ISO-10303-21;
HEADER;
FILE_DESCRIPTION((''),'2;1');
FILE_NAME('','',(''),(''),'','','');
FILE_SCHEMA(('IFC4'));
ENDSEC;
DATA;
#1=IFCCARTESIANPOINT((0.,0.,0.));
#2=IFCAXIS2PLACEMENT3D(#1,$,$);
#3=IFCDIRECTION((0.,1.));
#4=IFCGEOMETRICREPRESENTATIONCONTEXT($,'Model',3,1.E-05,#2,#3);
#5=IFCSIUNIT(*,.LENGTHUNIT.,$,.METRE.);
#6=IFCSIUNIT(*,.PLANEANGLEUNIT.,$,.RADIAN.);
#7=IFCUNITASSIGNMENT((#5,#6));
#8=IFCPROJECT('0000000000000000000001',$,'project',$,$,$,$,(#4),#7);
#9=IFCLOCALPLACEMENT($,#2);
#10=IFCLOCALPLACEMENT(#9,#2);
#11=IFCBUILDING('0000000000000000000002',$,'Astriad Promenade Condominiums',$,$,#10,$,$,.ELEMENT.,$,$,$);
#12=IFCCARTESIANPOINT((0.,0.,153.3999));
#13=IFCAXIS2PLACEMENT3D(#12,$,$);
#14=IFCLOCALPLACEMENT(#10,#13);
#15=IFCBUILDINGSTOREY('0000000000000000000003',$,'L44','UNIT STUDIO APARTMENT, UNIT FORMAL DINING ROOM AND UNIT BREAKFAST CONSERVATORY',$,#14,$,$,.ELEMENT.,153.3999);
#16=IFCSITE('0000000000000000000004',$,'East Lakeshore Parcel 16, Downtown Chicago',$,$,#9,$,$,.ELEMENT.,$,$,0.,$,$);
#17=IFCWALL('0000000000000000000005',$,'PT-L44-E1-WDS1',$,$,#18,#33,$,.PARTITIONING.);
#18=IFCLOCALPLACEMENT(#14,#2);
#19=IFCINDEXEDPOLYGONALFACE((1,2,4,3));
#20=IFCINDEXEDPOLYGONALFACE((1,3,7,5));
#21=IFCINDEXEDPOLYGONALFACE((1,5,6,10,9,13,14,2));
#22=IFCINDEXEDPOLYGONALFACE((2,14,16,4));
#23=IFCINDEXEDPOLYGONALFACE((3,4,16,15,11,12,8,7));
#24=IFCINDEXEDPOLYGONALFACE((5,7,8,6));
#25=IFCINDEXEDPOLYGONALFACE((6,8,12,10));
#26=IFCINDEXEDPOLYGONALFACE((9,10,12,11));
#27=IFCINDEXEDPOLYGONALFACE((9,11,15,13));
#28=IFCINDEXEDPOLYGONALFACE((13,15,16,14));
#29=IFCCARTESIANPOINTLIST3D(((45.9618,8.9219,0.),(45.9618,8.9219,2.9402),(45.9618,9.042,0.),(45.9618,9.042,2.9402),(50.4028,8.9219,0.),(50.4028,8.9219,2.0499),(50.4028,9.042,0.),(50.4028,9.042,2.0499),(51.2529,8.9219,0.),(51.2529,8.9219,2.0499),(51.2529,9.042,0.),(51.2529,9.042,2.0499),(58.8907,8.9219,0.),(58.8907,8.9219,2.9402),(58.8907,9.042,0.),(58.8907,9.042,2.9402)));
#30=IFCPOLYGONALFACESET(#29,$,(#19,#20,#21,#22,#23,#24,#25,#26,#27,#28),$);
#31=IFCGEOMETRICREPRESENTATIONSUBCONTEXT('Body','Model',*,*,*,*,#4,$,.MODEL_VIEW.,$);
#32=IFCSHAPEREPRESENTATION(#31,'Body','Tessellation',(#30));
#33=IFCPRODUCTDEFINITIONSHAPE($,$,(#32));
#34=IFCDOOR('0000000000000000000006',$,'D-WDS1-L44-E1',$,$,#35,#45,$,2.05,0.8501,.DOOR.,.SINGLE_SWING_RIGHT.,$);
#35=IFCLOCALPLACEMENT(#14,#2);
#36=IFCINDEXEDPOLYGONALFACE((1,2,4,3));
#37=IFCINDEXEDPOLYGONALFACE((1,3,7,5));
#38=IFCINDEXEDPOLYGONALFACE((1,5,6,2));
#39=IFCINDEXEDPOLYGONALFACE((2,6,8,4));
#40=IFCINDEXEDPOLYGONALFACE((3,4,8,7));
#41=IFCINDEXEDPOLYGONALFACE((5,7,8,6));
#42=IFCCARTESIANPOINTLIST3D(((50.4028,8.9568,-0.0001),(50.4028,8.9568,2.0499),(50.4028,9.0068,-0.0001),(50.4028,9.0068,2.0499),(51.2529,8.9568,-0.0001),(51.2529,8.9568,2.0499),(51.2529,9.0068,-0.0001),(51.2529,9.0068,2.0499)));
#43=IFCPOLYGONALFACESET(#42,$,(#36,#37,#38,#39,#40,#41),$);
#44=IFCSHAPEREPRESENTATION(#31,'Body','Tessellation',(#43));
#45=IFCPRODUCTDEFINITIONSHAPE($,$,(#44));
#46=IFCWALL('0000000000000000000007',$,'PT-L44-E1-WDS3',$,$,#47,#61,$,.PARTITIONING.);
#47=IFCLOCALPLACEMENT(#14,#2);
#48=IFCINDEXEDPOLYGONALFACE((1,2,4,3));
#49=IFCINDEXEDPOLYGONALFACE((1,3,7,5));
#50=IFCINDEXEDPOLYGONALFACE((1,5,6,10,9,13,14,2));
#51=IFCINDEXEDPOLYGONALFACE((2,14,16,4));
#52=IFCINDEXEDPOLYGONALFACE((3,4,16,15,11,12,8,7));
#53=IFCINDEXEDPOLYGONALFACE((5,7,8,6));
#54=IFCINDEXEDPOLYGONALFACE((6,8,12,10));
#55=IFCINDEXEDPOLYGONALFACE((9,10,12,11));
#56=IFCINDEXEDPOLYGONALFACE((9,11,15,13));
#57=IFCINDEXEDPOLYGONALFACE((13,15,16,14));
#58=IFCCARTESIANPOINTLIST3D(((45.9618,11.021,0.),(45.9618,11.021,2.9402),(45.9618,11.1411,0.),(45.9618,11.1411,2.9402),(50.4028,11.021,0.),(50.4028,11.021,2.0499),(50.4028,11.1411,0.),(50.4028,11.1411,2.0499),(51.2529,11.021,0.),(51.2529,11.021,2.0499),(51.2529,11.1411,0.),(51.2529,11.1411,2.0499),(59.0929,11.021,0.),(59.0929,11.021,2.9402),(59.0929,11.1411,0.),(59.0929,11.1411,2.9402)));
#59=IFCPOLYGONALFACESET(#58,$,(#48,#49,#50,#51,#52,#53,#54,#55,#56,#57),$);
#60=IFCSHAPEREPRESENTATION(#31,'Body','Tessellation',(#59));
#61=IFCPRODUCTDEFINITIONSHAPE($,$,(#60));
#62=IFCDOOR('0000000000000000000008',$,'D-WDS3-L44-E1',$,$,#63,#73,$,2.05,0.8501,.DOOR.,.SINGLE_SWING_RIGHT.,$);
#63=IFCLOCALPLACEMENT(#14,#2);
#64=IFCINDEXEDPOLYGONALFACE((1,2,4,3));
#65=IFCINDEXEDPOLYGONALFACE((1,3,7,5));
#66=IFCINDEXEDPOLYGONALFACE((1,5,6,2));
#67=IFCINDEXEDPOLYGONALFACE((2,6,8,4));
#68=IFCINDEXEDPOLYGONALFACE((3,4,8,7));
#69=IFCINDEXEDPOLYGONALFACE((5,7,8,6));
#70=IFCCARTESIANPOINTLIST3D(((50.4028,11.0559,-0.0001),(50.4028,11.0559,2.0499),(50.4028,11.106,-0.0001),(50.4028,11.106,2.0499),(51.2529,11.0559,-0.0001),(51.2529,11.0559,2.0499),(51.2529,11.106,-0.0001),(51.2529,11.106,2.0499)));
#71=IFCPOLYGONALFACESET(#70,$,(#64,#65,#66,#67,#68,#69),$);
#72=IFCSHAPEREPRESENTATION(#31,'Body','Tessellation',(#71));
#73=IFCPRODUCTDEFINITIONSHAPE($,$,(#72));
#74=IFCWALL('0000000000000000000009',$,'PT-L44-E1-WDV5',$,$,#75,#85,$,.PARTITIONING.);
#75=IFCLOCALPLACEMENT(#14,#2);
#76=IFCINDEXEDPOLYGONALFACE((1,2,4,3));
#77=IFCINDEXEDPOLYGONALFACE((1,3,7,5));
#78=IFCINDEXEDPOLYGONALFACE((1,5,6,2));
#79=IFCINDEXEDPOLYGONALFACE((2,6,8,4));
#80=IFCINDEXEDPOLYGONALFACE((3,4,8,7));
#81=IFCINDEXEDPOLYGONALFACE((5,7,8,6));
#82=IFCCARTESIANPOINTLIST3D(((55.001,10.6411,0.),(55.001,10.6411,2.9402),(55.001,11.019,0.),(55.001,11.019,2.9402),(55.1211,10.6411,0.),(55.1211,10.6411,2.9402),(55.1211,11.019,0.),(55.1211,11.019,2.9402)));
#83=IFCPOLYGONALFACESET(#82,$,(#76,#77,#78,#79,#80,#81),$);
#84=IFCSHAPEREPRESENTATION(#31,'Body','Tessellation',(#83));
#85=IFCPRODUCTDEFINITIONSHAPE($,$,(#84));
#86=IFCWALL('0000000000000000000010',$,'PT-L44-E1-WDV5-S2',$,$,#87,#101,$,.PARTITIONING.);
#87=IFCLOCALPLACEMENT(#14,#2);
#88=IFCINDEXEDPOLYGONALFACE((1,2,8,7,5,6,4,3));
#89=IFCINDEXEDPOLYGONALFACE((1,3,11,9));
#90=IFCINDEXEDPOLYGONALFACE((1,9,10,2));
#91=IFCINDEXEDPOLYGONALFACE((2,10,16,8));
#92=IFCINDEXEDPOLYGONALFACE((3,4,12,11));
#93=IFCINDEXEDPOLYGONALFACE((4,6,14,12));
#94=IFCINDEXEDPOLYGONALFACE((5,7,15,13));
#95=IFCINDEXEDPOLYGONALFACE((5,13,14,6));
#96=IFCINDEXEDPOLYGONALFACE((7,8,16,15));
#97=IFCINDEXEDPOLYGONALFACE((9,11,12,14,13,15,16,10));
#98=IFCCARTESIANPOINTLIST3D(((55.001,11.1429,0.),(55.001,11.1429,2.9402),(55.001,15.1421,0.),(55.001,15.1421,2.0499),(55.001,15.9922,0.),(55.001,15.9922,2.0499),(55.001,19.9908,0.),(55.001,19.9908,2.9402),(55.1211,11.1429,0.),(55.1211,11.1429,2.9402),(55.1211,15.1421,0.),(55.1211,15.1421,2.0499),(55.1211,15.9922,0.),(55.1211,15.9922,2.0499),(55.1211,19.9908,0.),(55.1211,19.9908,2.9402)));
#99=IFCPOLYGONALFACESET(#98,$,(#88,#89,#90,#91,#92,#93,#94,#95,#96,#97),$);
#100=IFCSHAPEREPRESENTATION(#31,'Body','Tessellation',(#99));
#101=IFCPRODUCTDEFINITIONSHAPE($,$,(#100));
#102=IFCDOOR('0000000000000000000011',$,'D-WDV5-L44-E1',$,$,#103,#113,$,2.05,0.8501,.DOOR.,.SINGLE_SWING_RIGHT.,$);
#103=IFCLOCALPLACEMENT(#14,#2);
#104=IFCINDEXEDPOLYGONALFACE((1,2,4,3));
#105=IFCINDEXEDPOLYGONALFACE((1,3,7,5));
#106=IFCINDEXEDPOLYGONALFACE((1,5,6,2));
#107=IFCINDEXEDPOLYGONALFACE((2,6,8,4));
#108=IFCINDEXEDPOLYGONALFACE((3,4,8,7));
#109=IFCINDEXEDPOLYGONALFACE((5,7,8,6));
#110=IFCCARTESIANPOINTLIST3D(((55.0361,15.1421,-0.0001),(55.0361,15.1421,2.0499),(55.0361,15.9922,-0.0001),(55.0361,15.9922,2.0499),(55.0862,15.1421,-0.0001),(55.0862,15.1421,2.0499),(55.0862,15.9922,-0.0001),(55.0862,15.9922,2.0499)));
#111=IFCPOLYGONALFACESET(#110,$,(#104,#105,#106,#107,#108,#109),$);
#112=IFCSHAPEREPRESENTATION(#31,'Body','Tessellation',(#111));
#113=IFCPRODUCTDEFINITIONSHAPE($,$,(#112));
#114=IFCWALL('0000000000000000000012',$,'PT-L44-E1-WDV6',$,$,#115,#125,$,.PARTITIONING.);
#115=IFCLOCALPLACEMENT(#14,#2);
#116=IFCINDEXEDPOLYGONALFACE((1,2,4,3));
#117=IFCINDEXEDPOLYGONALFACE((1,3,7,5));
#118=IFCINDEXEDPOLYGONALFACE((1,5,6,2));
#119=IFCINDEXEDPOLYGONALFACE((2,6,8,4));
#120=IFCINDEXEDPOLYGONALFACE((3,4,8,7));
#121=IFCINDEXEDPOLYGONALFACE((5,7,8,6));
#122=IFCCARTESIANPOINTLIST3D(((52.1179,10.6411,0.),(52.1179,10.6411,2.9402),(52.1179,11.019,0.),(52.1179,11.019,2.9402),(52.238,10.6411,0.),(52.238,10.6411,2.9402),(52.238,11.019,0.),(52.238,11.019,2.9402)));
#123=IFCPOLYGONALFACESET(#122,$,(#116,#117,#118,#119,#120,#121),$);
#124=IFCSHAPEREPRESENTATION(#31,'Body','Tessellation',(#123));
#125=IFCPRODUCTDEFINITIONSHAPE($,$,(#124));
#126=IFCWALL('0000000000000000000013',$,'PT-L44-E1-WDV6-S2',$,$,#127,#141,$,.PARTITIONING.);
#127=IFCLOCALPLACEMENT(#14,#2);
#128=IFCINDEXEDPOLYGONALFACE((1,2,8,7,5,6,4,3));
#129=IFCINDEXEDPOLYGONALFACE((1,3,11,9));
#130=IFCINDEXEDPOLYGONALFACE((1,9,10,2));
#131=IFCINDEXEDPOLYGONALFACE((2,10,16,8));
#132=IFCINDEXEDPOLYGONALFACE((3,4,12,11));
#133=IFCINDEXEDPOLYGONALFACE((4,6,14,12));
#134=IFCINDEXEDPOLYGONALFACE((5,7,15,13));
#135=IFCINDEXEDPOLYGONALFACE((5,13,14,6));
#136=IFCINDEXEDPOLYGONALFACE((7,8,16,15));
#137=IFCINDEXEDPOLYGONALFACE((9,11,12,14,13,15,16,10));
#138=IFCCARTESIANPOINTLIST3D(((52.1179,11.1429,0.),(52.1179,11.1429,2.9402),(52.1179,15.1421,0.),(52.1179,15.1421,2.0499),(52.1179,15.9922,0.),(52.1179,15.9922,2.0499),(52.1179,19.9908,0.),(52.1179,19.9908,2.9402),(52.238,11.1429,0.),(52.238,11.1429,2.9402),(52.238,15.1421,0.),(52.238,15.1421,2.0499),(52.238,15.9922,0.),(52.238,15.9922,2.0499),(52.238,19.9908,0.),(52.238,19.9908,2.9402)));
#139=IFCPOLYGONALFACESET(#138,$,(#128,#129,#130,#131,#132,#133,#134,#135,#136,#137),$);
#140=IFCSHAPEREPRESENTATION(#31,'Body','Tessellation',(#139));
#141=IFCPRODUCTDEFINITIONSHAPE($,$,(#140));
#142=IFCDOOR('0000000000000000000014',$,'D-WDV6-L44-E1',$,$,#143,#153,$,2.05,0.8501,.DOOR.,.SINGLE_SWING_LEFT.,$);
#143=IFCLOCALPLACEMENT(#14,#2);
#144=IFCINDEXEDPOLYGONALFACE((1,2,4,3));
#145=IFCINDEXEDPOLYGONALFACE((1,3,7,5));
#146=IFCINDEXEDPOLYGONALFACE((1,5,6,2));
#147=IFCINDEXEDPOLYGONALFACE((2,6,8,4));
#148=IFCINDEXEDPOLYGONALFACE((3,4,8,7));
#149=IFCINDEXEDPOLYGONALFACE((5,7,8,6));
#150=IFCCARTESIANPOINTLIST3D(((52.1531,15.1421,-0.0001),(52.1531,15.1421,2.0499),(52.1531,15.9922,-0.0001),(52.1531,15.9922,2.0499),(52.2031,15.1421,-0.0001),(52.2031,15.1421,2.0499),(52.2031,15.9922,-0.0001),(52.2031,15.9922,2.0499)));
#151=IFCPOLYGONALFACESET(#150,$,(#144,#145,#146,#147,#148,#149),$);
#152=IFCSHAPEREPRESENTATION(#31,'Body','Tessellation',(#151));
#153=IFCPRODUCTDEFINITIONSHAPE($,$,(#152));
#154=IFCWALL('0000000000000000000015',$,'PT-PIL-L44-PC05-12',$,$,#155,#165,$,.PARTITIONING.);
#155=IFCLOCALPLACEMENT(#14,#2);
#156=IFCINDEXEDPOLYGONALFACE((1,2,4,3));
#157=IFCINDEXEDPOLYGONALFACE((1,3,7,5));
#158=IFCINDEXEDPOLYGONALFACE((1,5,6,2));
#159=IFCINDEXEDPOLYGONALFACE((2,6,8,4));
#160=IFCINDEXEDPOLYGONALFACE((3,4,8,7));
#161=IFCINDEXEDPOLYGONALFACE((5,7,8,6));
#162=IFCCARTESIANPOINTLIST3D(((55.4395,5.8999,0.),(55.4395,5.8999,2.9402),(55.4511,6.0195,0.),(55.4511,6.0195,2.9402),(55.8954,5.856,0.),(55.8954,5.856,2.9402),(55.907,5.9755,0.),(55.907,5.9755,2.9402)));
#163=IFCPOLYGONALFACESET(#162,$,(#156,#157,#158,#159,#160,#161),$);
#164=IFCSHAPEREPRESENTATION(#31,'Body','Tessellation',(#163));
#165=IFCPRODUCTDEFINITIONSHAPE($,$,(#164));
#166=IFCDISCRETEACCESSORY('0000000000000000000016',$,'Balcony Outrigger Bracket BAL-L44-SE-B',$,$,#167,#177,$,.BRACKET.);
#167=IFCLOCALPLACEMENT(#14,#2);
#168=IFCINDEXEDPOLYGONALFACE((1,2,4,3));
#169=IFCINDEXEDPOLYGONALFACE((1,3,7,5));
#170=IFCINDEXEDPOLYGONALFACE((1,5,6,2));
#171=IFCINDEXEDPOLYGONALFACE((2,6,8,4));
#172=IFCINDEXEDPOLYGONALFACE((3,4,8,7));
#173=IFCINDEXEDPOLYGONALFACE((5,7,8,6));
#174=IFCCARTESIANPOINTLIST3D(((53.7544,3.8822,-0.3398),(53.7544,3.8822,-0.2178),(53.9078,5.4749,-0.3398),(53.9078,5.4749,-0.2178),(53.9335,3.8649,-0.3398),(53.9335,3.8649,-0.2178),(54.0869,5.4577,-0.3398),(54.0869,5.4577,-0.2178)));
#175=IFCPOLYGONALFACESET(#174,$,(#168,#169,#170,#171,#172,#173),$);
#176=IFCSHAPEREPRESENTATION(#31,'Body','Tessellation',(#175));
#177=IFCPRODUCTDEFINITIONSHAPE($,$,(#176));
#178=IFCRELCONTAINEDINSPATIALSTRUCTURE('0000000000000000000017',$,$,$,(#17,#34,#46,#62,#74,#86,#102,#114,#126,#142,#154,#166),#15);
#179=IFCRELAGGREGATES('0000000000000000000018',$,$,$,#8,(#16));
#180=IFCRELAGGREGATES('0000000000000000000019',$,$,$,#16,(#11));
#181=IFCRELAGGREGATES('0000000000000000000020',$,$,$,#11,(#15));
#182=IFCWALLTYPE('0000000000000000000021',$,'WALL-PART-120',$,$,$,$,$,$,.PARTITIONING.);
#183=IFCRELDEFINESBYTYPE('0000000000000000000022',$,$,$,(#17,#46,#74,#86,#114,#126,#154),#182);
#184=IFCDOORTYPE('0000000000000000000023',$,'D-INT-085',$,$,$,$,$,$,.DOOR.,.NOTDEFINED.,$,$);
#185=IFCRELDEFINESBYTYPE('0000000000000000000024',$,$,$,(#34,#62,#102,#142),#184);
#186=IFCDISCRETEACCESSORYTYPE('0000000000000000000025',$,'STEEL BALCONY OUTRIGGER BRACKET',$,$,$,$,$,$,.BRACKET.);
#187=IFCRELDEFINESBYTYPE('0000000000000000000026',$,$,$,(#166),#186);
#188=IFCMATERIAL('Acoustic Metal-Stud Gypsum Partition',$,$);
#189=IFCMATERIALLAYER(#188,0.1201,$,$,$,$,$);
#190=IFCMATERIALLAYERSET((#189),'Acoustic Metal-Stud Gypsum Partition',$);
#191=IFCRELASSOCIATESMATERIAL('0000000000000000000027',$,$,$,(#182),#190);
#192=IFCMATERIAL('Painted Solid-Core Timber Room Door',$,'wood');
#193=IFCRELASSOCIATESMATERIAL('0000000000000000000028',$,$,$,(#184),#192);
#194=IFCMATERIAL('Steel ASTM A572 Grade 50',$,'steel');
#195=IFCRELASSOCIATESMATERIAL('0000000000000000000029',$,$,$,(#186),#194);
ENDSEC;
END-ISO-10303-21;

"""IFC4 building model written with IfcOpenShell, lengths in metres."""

from ifc_helpers import new_model, si_unit, direction, frame, frame_2d, origin, origin_2d, place, context, subcontext, project, spatial, rectangle, extrude, source, transform, mapped, material, layer, layer_set, type_object, type_shapes, element, fill, save


model = new_model("IFC4")

# Units and contexts
model_context = context("Model", 3, precision=1e-05, world=origin(), true_north=direction((0.0, 1.0)))
body_context = subcontext(model_context, "Body", "Model", "MODEL_VIEW")
ifc_project = project(units=[si_unit("LENGTHUNIT", "METRE"), si_unit("PLANEANGLEUNIT", "RADIAN")], contexts=[model_context])

# Site, building, storey
site_placement = place(None, origin())
site = spatial("IfcSite", under=ifc_project, at=site_placement, Name="East Lakeshore Parcel 16, Downtown Chicago", CompositionType="ELEMENT", RefElevation=0.0)
building_placement = place(site_placement, origin())
building = spatial("IfcBuilding", under=site, at=building_placement, Name="Astriad Promenade Condominiums", CompositionType="ELEMENT")
storey_placement = place(building_placement, frame((0.0, 0.0, 153.3999)))
storey = spatial("IfcBuildingStorey", under=building, at=storey_placement, Name="L44", Description="UNIT STUDIO APARTMENT, UNIT FORMAL DINING ROOM AND UNIT BREAKFAST CONSERVATORY", CompositionType="ELEMENT", Elevation=153.3999)

# Shared definitions
ifc_material_1 = material(Name="Acoustic Metal-Stud Gypsum Partition")
ifc_layer_1 = layer(ifc_material_1, 0.1201)
ifc_layer_set_1 = layer_set([ifc_layer_1], Name="Acoustic Metal-Stud Gypsum Partition")
wall_type_1 = type_object("IfcWallType", Name="WALL-PART-120", PredefinedType="PARTITIONING", material=ifc_layer_set_1)
ifc_material_2 = material(Name="Painted Solid-Core Timber Room Door", Category="wood")
door_type_1 = type_object("IfcDoorType", Name="D-INT-085", OperationType="NOTDEFINED", PredefinedType="DOOR", material=ifc_material_2)
shared_shape_1 = source(origin(), body_context, "Body", "SweptSolid", [
    extrude(rectangle(XDim=0.8501, YDim=2.05, at=frame_2d((0.425, 1.0249))), frame((0.0, 0.0249, 0.0), z_axis=(0.0, -1.0, 0.0), x_axis=(1.0, 0.0, 0.0)), (0.0, 0.0, 1.0), 0.05),
])
type_shapes(door_type_1, [shared_shape_1])

# Walls, openings, doors
wall_1_placement = place(storey_placement, frame((45.9619, 8.9819, 0.0), z_axis=(0.0, 0.0, 1.0), x_axis=(1.0, 0.0, 0.0)))
wall_1 = element("IfcWall", 1, at=wall_1_placement, inside=storey, type_object=wall_type_1, Name="PT-L44-E1-WDS1", PredefinedType="PARTITIONING", context=body_context, shape_type="SweptSolid", body=[
    extrude(rectangle(XDim=12.929, YDim=0.1201, at=frame_2d((6.4644, 0.0))), origin(), (0.0, 0.0, 1.0), 2.9402),
])
opening_1_placement = place(wall_1_placement, frame((4.4409, 0.0, 0.0)))
opening_1 = element("IfcOpeningElement", 2, at=opening_1_placement, cuts=wall_1, PredefinedType="OPENING", context=body_context, shape_type="SweptSolid", body=[
    extrude(rectangle(XDim=0.8501, YDim=2.05, at=frame_2d((0.425, 1.0249))), frame((0.0, 0.0701, 0.0), z_axis=(0.0, -1.0, 0.0), x_axis=(1.0, 0.0, 0.0)), (0.0, 0.0, 1.0), 0.1401),
])
door_1_placement = place(opening_1_placement, origin())
door_1 = element("IfcDoor", 3, at=door_1_placement, inside=storey, type_object=door_type_1, Name="D-WDS1-L44-E1", OperationType="SINGLE_SWING_RIGHT", OverallHeight=2.05, OverallWidth=0.8501, PredefinedType="DOOR", context=body_context, shape_type="MappedRepresentation", body=[
    mapped(shared_shape_1, transform((0.0, 0.0, 0.0), scale=1.0)),
])
fill(opening_1, door_1)
wall_2_placement = place(storey_placement, frame((45.9619, 11.0811, 0.0), z_axis=(0.0, 0.0, 1.0), x_axis=(1.0, 0.0, 0.0)))
wall_2 = element("IfcWall", 4, at=wall_2_placement, inside=storey, type_object=wall_type_1, Name="PT-L44-E1-WDS3", PredefinedType="PARTITIONING", context=body_context, shape_type="SweptSolid", body=[
    extrude(rectangle(XDim=13.1311, YDim=0.1201, at=frame_2d((6.5654, 0.0))), origin(), (0.0, 0.0, 1.0), 2.9402),
])
opening_2_placement = place(wall_2_placement, frame((4.4409, 0.0, 0.0)))
opening_2 = element("IfcOpeningElement", 5, at=opening_2_placement, cuts=wall_2, PredefinedType="OPENING", context=body_context, shape_type="SweptSolid", body=[
    extrude(rectangle(XDim=0.8501, YDim=2.05, at=frame_2d((0.425, 1.0249))), frame((0.0, 0.0701, 0.0), z_axis=(0.0, -1.0, 0.0), x_axis=(1.0, 0.0, 0.0)), (0.0, 0.0, 1.0), 0.1401),
])
door_2_placement = place(opening_2_placement, origin())
door_2 = element("IfcDoor", 6, at=door_2_placement, inside=storey, type_object=door_type_1, Name="D-WDS3-L44-E1", OperationType="SINGLE_SWING_RIGHT", OverallHeight=2.05, OverallWidth=0.8501, PredefinedType="DOOR", context=body_context, shape_type="MappedRepresentation", body=[
    mapped(shared_shape_1, transform((0.0, 0.0, 0.0), scale=1.0)),
])
fill(opening_2, door_2)

# Wall
wall_3_placement = place(storey_placement, frame((55.061, 10.6411, 0.0), z_axis=(0.0, 0.0, 1.0), x_axis=(0.0, 1.0, 0.0)))
element("IfcWall", 7, at=wall_3_placement, inside=storey, type_object=wall_type_1, Name="PT-L44-E1-WDV5", PredefinedType="PARTITIONING", context=body_context, shape_type="SweptSolid", body=[
    extrude(rectangle(XDim=0.3779, YDim=0.1201, at=frame_2d((0.189, 0.0))), origin(), (0.0, 0.0, 1.0), 2.9402),
])

# Wall, opening, door
wall_4_placement = place(storey_placement, frame((55.061, 11.1431, 0.0), z_axis=(0.0, 0.0, 1.0), x_axis=(0.0, 1.0, 0.0)))
wall_4 = element("IfcWall", 8, at=wall_4_placement, inside=storey, type_object=wall_type_1, Name="PT-L44-E1-WDV5-S2", PredefinedType="PARTITIONING", context=body_context, shape_type="SweptSolid", body=[
    extrude(rectangle(XDim=8.8479, YDim=0.1201, at=frame_2d((4.4238, 0.0))), origin(), (0.0, 0.0, 1.0), 2.9402),
])
opening_3_placement = place(wall_4_placement, frame((3.999, 0.0, 0.0)))
opening_3 = element("IfcOpeningElement", 9, at=opening_3_placement, cuts=wall_4, PredefinedType="OPENING", context=body_context, shape_type="SweptSolid", body=[
    extrude(rectangle(XDim=0.8501, YDim=2.05, at=frame_2d((0.425, 1.0249))), frame((0.0, 0.0701, 0.0), z_axis=(0.0, -1.0, 0.0), x_axis=(1.0, 0.0, 0.0)), (0.0, 0.0, 1.0), 0.1401),
])
door_3_placement = place(opening_3_placement, origin())
door_3 = element("IfcDoor", 10, at=door_3_placement, inside=storey, type_object=door_type_1, Name="D-WDV5-L44-E1", OperationType="SINGLE_SWING_RIGHT", OverallHeight=2.05, OverallWidth=0.8501, PredefinedType="DOOR", context=body_context, shape_type="MappedRepresentation", body=[
    mapped(shared_shape_1, transform((0.0, 0.0, 0.0), scale=1.0)),
])
fill(opening_3, door_3)

# Wall
wall_5_placement = place(storey_placement, frame((52.178, 10.6411, 0.0), z_axis=(0.0, 0.0, 1.0), x_axis=(0.0, 1.0, 0.0)))
element("IfcWall", 11, at=wall_5_placement, inside=storey, type_object=wall_type_1, Name="PT-L44-E1-WDV6", PredefinedType="PARTITIONING", context=body_context, shape_type="SweptSolid", body=[
    extrude(rectangle(XDim=0.3779, YDim=0.1201, at=frame_2d((0.189, 0.0))), origin(), (0.0, 0.0, 1.0), 2.9402),
])

# Wall, opening, door
wall_6_placement = place(storey_placement, frame((52.178, 11.1431, 0.0), z_axis=(0.0, 0.0, 1.0), x_axis=(0.0, 1.0, 0.0)))
wall_6 = element("IfcWall", 12, at=wall_6_placement, inside=storey, type_object=wall_type_1, Name="PT-L44-E1-WDV6-S2", PredefinedType="PARTITIONING", context=body_context, shape_type="SweptSolid", body=[
    extrude(rectangle(XDim=8.8479, YDim=0.1201, at=frame_2d((4.4238, 0.0))), origin(), (0.0, 0.0, 1.0), 2.9402),
])
opening_4_placement = place(wall_6_placement, frame((3.999, 0.0, 0.0)))
opening_4 = element("IfcOpeningElement", 13, at=opening_4_placement, cuts=wall_6, PredefinedType="OPENING", context=body_context, shape_type="SweptSolid", body=[
    extrude(rectangle(XDim=0.8501, YDim=2.05, at=frame_2d((0.425, 1.0249))), frame((0.0, 0.0701, 0.0), z_axis=(0.0, -1.0, 0.0), x_axis=(1.0, 0.0, 0.0)), (0.0, 0.0, 1.0), 0.1401),
])
door_4_placement = place(opening_4_placement, origin())
door_4 = element("IfcDoor", 14, at=door_4_placement, inside=storey, type_object=door_type_1, Name="D-WDV6-L44-E1", OperationType="SINGLE_SWING_LEFT", OverallHeight=2.05, OverallWidth=0.8501, PredefinedType="DOOR", context=body_context, shape_type="MappedRepresentation", body=[
    mapped(shared_shape_1, transform((0.0, 0.0, 0.0), scale=1.0)),
])
fill(opening_4, door_4)

# Wall
wall_7_placement = place(storey_placement, frame((55.4453, 5.9597, 0.0), z_axis=(0.0, 0.0, 1.0), x_axis=(0.995385, -0.095966, 0.0)))
element("IfcWall", 15, at=wall_7_placement, inside=storey, type_object=wall_type_1, Name="PT-PIL-L44-PC05-12", PredefinedType="PARTITIONING", context=body_context, shape_type="SweptSolid", body=[
    extrude(rectangle(XDim=0.458, YDim=0.1201, at=frame_2d((0.229, 0.0))), origin(), (0.0, 0.0, 1.0), 2.9402),
])

# Discrete accessory
ifc_material_3 = material(Name="Steel ASTM A572 Grade 50", Category="steel")
discrete_accessory_type = type_object("IfcDiscreteAccessoryType", Name="STEEL BALCONY OUTRIGGER BRACKET", PredefinedType="BRACKET", material=ifc_material_3)
shared_shape_2 = source(origin(), body_context, "Body", "SweptSolid", [
    extrude(rectangle(XDim=1.6001, YDim=0.1799, at=origin_2d()), origin(), (0.0, 0.0, 1.0), 0.1221),
])
type_shapes(discrete_accessory_type, [shared_shape_2])
discrete_accessory_placement = place(storey_placement, frame((53.9207, 4.6699, -0.3398), z_axis=(0.0, 0.0, 1.0), x_axis=(-0.095846, -0.995396, 0.0)))
element("IfcDiscreteAccessory", 16, at=discrete_accessory_placement, inside=storey, type_object=discrete_accessory_type, Name="Balcony Outrigger Bracket BAL-L44-SE-B", PredefinedType="BRACKET", context=body_context, shape_type="MappedRepresentation", body=[
    mapped(shared_shape_2, transform((0.0, 0.0, 0.0), scale=1.0)),
])

save(model, "model.ifc")
